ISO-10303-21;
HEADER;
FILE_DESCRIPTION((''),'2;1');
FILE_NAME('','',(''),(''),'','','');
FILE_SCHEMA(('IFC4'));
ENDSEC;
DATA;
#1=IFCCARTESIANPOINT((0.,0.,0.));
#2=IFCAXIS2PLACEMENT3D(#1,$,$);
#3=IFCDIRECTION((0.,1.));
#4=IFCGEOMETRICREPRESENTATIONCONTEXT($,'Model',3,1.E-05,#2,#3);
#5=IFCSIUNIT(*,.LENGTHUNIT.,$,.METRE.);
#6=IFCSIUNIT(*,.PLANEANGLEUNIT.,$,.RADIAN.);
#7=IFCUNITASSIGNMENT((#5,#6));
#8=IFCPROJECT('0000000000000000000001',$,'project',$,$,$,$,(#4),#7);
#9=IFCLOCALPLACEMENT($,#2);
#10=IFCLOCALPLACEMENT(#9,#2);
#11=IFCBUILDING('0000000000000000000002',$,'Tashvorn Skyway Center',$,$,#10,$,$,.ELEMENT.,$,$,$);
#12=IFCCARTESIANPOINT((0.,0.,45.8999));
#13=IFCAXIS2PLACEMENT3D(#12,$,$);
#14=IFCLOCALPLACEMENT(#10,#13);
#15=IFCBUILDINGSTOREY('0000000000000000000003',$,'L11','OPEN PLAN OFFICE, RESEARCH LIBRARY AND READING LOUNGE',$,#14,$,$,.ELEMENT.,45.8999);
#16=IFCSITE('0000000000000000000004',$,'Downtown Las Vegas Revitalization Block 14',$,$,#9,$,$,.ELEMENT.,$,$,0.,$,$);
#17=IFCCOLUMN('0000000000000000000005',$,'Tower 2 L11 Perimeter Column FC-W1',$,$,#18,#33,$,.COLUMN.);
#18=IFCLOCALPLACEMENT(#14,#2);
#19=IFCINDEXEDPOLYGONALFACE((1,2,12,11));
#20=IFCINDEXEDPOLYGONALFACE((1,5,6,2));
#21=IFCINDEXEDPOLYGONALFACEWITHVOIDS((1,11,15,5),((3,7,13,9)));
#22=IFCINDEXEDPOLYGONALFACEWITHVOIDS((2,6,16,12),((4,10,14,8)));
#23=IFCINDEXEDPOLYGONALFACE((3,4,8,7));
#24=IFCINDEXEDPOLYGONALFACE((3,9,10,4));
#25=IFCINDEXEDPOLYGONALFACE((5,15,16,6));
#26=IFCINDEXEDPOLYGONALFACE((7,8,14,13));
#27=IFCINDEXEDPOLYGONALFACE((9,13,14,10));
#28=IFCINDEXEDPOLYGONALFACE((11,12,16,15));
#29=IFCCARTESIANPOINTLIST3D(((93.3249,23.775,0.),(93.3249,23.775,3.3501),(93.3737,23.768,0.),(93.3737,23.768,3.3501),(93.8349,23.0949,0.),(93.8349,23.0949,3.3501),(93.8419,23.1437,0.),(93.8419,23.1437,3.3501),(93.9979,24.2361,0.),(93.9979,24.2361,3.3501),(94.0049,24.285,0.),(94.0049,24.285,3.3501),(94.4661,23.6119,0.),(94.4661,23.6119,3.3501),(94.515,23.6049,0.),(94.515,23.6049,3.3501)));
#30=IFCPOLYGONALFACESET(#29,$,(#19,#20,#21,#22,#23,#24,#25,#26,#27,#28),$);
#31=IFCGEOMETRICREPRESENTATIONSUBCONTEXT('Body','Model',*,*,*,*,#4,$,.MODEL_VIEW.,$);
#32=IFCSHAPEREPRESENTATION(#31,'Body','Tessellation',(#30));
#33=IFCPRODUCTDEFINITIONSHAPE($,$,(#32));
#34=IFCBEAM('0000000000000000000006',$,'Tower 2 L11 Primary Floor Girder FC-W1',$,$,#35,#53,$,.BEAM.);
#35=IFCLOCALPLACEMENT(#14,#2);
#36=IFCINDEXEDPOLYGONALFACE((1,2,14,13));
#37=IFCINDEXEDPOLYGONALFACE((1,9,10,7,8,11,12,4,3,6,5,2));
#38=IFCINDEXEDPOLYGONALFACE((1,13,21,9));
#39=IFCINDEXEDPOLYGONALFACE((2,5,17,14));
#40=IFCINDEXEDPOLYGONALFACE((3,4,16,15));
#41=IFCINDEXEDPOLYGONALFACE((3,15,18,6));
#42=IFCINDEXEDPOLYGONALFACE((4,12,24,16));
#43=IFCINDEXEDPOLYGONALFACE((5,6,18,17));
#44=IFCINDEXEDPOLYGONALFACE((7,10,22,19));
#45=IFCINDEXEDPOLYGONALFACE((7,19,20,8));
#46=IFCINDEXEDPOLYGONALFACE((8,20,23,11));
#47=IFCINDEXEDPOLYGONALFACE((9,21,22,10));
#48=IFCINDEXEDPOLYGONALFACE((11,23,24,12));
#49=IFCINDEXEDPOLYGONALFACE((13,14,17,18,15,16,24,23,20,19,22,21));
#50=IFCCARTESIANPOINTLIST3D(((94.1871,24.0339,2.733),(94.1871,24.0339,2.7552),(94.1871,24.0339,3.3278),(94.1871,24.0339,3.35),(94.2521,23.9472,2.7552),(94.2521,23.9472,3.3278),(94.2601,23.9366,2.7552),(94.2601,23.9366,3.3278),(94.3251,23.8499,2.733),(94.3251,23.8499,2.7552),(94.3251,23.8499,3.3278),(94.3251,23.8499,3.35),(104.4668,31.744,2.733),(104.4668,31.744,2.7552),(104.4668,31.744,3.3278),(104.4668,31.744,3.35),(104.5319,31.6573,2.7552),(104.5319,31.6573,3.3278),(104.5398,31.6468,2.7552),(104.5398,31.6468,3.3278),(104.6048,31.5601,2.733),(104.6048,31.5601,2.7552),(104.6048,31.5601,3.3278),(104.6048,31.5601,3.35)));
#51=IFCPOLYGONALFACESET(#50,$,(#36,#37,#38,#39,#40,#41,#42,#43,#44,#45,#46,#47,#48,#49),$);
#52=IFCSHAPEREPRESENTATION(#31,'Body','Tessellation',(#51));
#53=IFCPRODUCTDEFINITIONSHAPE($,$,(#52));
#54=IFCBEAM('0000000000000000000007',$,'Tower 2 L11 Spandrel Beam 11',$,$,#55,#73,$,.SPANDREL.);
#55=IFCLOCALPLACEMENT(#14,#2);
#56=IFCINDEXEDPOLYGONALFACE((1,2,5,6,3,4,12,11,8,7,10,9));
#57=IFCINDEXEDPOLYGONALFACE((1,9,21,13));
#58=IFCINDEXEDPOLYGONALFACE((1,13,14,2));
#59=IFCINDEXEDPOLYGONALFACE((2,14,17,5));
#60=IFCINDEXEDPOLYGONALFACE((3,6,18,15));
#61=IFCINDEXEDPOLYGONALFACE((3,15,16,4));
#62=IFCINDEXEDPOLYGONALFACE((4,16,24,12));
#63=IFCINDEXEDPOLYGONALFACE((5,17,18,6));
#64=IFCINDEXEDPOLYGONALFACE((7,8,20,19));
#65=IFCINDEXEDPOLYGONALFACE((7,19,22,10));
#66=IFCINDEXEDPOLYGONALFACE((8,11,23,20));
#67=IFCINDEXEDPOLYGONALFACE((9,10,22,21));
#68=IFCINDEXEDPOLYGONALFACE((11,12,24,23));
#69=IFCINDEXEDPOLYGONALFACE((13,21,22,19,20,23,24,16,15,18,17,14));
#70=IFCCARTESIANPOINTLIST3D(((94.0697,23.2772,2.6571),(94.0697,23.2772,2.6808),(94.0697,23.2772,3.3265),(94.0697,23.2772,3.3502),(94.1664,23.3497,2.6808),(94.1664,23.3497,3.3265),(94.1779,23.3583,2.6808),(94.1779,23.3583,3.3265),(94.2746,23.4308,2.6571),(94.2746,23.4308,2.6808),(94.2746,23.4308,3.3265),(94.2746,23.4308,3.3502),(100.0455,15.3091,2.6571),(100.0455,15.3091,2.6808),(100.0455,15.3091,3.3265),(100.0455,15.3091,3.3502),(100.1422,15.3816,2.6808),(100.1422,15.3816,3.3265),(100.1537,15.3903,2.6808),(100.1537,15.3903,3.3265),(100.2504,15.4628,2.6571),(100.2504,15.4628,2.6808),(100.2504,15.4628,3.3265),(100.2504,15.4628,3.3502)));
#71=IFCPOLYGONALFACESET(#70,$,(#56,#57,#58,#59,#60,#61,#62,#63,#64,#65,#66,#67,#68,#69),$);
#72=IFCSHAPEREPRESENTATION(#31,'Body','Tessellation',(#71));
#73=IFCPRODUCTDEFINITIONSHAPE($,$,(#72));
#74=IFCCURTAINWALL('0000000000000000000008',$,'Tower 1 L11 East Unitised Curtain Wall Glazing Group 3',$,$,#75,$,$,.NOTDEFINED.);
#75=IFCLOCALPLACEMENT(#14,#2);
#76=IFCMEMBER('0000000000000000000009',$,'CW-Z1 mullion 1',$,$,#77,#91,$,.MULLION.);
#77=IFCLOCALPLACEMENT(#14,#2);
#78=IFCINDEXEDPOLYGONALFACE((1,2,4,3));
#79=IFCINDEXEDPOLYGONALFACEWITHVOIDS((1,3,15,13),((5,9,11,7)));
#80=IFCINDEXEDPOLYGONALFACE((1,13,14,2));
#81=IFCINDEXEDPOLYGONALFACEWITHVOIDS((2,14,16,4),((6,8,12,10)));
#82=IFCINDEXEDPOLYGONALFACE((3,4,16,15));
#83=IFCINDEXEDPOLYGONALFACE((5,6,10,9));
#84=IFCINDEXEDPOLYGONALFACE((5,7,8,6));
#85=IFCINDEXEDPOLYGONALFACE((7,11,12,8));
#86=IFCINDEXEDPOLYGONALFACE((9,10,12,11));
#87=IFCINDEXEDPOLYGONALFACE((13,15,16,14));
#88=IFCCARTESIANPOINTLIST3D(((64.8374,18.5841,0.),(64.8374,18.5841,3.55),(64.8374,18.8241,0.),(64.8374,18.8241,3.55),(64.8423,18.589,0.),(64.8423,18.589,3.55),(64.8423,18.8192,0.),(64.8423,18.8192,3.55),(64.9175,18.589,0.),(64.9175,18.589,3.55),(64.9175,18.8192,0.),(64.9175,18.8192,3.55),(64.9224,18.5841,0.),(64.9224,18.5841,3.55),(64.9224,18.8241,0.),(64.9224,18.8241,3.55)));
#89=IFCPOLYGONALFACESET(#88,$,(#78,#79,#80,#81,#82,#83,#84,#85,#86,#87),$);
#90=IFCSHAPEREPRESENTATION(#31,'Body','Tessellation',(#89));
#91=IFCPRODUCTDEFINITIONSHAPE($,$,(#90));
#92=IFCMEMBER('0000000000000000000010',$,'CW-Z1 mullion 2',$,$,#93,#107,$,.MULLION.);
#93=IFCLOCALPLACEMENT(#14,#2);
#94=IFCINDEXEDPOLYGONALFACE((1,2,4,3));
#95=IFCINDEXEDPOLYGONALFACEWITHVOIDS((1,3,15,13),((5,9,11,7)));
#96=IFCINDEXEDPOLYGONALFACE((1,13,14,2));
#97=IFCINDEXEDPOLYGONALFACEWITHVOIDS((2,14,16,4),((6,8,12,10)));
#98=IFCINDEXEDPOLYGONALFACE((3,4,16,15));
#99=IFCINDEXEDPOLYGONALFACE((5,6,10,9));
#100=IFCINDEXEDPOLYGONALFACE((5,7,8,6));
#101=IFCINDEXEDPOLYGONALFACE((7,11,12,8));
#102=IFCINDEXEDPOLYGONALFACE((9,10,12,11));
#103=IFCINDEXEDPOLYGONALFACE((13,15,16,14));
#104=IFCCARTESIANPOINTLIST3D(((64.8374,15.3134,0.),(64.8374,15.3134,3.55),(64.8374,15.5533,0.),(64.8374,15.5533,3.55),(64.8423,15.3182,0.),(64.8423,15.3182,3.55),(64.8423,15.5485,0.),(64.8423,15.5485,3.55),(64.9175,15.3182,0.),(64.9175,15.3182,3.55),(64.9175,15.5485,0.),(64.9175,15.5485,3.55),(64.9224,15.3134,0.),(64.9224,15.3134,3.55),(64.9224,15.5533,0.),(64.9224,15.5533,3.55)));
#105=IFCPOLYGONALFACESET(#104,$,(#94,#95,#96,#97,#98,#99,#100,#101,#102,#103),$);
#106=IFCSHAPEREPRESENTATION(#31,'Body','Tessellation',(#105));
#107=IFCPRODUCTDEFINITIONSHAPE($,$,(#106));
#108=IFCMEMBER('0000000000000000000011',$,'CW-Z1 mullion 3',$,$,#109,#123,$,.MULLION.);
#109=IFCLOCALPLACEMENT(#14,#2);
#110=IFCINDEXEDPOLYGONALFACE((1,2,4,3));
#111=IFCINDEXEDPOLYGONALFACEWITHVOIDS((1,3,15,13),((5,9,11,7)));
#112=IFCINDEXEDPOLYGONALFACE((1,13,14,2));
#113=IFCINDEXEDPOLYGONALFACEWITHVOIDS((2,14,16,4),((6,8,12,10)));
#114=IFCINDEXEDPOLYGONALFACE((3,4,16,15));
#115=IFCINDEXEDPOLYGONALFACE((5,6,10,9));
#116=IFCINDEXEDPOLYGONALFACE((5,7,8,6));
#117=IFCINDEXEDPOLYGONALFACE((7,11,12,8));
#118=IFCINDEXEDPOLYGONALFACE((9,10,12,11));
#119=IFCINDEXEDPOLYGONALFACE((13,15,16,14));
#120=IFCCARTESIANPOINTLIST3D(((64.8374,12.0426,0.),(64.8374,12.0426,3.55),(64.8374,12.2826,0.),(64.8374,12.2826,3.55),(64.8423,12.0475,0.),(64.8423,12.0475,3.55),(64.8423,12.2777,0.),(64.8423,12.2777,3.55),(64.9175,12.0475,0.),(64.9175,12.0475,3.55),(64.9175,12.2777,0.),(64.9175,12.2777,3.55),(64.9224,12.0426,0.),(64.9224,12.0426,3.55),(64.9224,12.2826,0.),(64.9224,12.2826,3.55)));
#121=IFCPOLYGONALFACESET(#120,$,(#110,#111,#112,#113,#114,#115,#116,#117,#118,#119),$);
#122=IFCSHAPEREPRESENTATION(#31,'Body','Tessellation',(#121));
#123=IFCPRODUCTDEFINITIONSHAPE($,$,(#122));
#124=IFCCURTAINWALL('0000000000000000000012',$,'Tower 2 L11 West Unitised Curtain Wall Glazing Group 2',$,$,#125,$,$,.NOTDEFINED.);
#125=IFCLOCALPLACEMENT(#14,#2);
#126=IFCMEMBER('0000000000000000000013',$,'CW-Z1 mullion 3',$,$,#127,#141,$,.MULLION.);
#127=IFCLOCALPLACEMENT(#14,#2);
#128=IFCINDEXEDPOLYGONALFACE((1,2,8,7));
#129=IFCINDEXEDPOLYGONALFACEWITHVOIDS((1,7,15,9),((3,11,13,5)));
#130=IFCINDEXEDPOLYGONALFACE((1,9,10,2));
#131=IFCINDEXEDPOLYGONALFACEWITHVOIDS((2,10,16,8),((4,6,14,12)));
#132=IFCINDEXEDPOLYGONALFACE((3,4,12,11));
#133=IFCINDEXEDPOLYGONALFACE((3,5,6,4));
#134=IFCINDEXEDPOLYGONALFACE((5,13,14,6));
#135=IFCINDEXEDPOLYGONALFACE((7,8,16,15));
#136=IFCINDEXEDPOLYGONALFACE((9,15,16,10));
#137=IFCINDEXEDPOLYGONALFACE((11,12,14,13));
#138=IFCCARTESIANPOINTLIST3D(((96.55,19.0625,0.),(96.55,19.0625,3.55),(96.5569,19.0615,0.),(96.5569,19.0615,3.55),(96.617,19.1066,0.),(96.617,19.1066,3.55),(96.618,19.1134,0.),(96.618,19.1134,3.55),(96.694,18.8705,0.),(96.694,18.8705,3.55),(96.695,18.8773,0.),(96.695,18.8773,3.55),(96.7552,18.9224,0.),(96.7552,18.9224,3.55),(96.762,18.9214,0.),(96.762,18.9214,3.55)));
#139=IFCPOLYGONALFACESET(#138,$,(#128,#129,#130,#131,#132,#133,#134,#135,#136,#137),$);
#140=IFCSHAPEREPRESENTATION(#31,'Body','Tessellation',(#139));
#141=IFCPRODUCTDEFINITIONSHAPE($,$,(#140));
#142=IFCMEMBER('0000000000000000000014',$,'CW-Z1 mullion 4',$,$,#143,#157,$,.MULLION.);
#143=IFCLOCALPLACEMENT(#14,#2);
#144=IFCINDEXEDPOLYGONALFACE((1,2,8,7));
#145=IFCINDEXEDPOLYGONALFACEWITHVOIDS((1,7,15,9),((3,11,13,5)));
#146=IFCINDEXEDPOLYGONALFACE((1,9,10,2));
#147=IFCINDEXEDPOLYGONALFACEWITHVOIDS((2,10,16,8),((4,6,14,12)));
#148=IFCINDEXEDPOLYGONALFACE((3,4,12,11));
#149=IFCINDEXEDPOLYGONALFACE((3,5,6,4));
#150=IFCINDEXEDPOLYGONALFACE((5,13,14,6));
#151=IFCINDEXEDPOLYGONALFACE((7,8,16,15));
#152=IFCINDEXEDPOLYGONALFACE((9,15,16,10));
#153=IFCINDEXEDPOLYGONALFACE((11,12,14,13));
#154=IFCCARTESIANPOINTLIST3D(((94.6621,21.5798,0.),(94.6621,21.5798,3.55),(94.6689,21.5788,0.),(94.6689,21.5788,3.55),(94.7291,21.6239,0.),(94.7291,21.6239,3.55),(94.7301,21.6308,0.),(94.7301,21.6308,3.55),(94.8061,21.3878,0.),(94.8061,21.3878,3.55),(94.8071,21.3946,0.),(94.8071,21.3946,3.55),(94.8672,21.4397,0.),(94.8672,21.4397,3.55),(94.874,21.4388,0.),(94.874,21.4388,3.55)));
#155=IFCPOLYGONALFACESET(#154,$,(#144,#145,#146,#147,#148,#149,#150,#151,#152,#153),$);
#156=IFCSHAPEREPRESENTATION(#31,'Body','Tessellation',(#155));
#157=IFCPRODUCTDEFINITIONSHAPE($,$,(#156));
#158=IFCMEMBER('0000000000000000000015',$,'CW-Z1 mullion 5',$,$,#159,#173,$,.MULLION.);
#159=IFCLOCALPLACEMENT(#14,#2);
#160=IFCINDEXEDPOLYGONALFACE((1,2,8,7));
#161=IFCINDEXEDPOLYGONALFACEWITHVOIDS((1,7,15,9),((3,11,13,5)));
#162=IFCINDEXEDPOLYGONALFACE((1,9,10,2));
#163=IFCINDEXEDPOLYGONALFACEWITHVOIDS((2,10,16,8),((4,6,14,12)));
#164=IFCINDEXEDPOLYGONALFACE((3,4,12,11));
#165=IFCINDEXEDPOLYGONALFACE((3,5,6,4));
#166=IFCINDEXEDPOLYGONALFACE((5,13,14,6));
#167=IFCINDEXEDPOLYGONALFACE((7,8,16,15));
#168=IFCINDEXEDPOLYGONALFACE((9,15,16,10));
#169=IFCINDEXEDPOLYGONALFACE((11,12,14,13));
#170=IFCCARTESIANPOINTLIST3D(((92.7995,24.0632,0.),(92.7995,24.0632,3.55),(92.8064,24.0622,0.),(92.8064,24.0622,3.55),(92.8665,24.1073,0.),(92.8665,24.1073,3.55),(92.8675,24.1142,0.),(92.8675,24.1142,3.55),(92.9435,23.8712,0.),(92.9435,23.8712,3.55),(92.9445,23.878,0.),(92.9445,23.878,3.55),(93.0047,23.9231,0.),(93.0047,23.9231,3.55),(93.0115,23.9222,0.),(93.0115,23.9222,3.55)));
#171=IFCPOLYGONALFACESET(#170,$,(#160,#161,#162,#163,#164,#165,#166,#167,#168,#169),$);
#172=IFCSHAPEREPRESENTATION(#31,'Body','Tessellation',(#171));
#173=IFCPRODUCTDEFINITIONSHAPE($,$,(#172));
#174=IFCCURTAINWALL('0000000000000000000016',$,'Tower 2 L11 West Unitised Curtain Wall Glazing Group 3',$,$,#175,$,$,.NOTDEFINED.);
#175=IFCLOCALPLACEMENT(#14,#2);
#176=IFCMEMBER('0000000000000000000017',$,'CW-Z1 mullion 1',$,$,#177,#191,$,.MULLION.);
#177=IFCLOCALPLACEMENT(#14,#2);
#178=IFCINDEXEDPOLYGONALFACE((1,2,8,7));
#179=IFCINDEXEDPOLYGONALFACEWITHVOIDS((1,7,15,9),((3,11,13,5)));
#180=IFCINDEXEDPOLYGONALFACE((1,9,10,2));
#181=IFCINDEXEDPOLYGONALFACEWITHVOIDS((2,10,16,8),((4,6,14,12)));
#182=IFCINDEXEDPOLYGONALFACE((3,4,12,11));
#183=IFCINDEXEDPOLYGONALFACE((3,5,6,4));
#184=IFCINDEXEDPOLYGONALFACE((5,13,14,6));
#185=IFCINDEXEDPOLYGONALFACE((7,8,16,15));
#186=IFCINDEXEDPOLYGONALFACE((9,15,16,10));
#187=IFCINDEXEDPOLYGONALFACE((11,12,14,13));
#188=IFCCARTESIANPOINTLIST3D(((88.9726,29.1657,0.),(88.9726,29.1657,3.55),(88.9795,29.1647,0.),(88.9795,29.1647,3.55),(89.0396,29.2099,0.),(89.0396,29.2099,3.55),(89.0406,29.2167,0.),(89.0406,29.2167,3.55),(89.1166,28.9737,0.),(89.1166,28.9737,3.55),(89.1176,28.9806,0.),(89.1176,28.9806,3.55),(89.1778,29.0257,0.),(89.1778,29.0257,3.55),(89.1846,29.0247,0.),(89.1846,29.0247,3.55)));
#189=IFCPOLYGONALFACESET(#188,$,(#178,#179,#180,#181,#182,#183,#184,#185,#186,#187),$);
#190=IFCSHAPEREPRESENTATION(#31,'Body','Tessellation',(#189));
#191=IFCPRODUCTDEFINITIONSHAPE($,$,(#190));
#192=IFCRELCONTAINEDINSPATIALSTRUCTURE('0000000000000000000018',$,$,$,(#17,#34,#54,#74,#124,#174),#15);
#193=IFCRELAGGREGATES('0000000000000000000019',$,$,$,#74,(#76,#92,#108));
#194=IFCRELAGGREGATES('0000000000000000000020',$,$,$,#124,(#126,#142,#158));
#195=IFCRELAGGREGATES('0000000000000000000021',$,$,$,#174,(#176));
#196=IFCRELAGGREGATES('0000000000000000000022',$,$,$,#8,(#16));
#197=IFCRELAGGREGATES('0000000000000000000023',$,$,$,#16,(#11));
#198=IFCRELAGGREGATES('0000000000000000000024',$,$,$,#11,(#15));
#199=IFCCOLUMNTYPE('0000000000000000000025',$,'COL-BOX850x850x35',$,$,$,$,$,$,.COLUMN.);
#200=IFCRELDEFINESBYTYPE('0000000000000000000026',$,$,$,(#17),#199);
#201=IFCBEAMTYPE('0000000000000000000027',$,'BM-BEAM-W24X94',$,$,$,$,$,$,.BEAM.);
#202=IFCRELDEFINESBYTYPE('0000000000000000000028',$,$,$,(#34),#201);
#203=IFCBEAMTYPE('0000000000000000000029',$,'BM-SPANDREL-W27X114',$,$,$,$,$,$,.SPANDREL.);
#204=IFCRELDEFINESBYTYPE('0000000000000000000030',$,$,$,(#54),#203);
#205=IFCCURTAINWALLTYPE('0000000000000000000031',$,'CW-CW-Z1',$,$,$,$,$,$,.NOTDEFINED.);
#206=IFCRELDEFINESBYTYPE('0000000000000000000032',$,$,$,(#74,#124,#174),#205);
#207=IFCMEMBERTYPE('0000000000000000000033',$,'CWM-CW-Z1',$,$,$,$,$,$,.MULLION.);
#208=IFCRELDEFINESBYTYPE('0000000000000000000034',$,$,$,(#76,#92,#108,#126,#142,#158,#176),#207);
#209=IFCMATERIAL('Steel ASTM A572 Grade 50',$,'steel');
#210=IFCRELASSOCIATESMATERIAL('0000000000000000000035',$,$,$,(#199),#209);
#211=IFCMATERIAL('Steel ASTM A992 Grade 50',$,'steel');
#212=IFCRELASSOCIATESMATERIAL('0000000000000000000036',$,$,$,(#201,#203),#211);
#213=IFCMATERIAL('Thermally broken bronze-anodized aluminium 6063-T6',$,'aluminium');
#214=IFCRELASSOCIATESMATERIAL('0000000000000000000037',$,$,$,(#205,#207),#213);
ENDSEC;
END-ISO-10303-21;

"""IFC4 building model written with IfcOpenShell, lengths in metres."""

from ifc_helpers import new_model, si_unit, direction, frame, origin, origin_2d, place, context, subcontext, project, spatial, hollow_rectangle, i_section, extrude, material, material_profile, profile_set, type_object, element, aggregate, save


model = new_model("IFC4")

# Units and contexts
model_context = context("Model", 3, precision=1e-05, world=origin(), true_north=direction((0.0, 1.0)))
body_context = subcontext(model_context, "Body", "Model", "MODEL_VIEW")
ifc_project = project(units=[si_unit("LENGTHUNIT", "METRE"), si_unit("PLANEANGLEUNIT", "RADIAN")], contexts=[model_context])

# Site, building, storey
site_placement = place(None, origin())
site = spatial("IfcSite", under=ifc_project, at=site_placement, Name="Downtown Las Vegas Revitalization Block 14", CompositionType="ELEMENT", RefElevation=0.0)
building_placement = place(site_placement, origin())
building = spatial("IfcBuilding", under=site, at=building_placement, Name="Tashvorn Skyway Center", CompositionType="ELEMENT")
storey_placement = place(building_placement, frame((0.0, 0.0, 45.8999)))
storey = spatial("IfcBuildingStorey", under=building, at=storey_placement, Name="L11", Description="OPEN PLAN OFFICE, RESEARCH LIBRARY AND READING LOUNGE", CompositionType="ELEMENT", Elevation=45.8999)

# Column
ifc_material_1 = material(Name="Steel ASTM A572 Grade 50", Category="steel")
ifc_material_profile_1 = material_profile(ifc_material_1, hollow_rectangle(XDim=0.8501, YDim=0.8501, WallThickness=0.0349, at=origin_2d()), Name="BOX850x850x35")
ifc_profile_set_1 = profile_set([ifc_material_profile_1], Name="Steel ASTM A572 Grade 50")
column_type = type_object("IfcColumnType", Name="COL-BOX850x850x35", PredefinedType="COLUMN", material=ifc_profile_set_1)
column_placement = place(storey_placement, frame((93.9199, 23.6899, 0.0), z_axis=(0.0, 0.0, 1.0), x_axis=(0.8, 0.6, 0.0)))
element("IfcColumn", 1, at=column_placement, inside=storey, type_object=column_type, Name="Tower 2 L11 Perimeter Column FC-W1", PredefinedType="COLUMN", context=body_context, shape_type="SweptSolid", body=[
    extrude(hollow_rectangle(XDim=0.8501, YDim=0.8501, WallThickness=0.0349, at=origin_2d()), origin(), (0.0, 0.0, 1.0), 3.3501),
])

# Beams
ifc_material_2 = material(Name="Steel ASTM A992 Grade 50", Category="steel")
ifc_material_profile_2 = material_profile(ifc_material_2, i_section(OverallWidth=0.23, OverallDepth=0.6169, WebThickness=0.0132, FlangeThickness=0.0222, at=origin_2d()), Name="W24X94")
ifc_profile_set_2 = profile_set([ifc_material_profile_2], Name="Steel ASTM A992 Grade 50")
beam_type_1 = type_object("IfcBeamType", Name="BM-BEAM-W24X94", PredefinedType="BEAM", material=ifc_profile_set_2)
beam_1_placement = place(storey_placement, frame((94.2561, 23.9419, 3.0415), z_axis=(0.799986, 0.600018, 0.0), x_axis=(-0.600018, 0.799986, 0.0)))
element("IfcBeam", 2, at=beam_1_placement, inside=storey, type_object=beam_type_1, Name="Tower 2 L11 Primary Floor Girder FC-W1", PredefinedType="BEAM", context=body_context, shape_type="SweptSolid", body=[
    extrude(i_section(OverallWidth=0.23, OverallDepth=0.6169, WebThickness=0.0132, FlangeThickness=0.0222, at=origin_2d()), origin(), (0.0, 0.0, 1.0), 12.8499),
])
ifc_material_profile_3 = material_profile(ifc_material_2, i_section(OverallWidth=0.2561, OverallDepth=0.6931, WebThickness=0.0144, FlangeThickness=0.0237, at=origin_2d()), Name="W27X114")
ifc_profile_set_3 = profile_set([ifc_material_profile_3], Name="Steel ASTM A992 Grade 50")
beam_type_2 = type_object("IfcBeamType", Name="BM-SPANDREL-W27X114", PredefinedType="SPANDREL", material=ifc_profile_set_3)
beam_2_placement = place(storey_placement, frame((94.1721, 23.354, 3.0037), z_axis=(0.599988, -0.800009, 0.0), x_axis=(0.800009, 0.599988, 0.0)))
element("IfcBeam", 3, at=beam_2_placement, inside=storey, type_object=beam_type_2, Name="Tower 2 L11 Spandrel Beam 11", PredefinedType="SPANDREL", context=body_context, shape_type="SweptSolid", body=[
    extrude(i_section(OverallWidth=0.2561, OverallDepth=0.6931, WebThickness=0.0144, FlangeThickness=0.0237, at=origin_2d()), origin(), (0.0, 0.0, 1.0), 9.96),
])

# Curtain walls, members
ifc_material_3 = material(Name="Thermally broken bronze-anodized aluminium 6063-T6", Category="aluminium")
curtain_wall_type = type_object("IfcCurtainWallType", Name="CW-CW-Z1", PredefinedType="NOTDEFINED", material=ifc_material_3)
curtain_wall_1_placement = place(storey_placement, origin())
curtain_wall_1 = element("IfcCurtainWall", 4, at=curtain_wall_1_placement, inside=storey, type_object=curtain_wall_type, Name="Tower 1 L11 East Unitised Curtain Wall Glazing Group 3", PredefinedType="NOTDEFINED")
ifc_material_profile_4 = material_profile(ifc_material_3, hollow_rectangle(XDim=0.085, YDim=0.24, WallThickness=0.0049, at=origin_2d()), Name="ALU-MULL-85x240")
ifc_profile_set_4 = profile_set([ifc_material_profile_4], Name="Thermally broken bronze-anodized aluminium 6063-T6")
member_type_1 = type_object("IfcMemberType", Name="CWM-CW-Z1", PredefinedType="MULLION", material=ifc_profile_set_4)
member_1_placement = place(storey_placement, frame((64.8799, 18.7041, 0.0), z_axis=(0.0, 0.0, 1.0), x_axis=(1.0, 0.0, 0.0)))
member_1 = element("IfcMember", 5, at=member_1_placement, type_object=member_type_1, Name="CW-Z1 mullion 1", PredefinedType="MULLION", context=body_context, shape_type="SweptSolid", body=[
    extrude(hollow_rectangle(XDim=0.085, YDim=0.24, WallThickness=0.0049, at=origin_2d()), origin(), (0.0, 0.0, 1.0), 3.55),
])
member_2_placement = place(storey_placement, frame((64.8799, 15.4333, 0.0), z_axis=(0.0, 0.0, 1.0), x_axis=(1.0, 0.0, 0.0)))
member_2 = element("IfcMember", 6, at=member_2_placement, type_object=member_type_1, Name="CW-Z1 mullion 2", PredefinedType="MULLION", context=body_context, shape_type="SweptSolid", body=[
    extrude(hollow_rectangle(XDim=0.085, YDim=0.24, WallThickness=0.0049, at=origin_2d()), origin(), (0.0, 0.0, 1.0), 3.55),
])
member_3_placement = place(storey_placement, frame((64.8799, 12.1626, 0.0), z_axis=(0.0, 0.0, 1.0), x_axis=(1.0, 0.0, 0.0)))
member_3 = element("IfcMember", 7, at=member_3_placement, type_object=member_type_1, Name="CW-Z1 mullion 3", PredefinedType="MULLION", context=body_context, shape_type="SweptSolid", body=[
    extrude(hollow_rectangle(XDim=0.085, YDim=0.24, WallThickness=0.0049, at=origin_2d()), origin(), (0.0, 0.0, 1.0), 3.55),
])
curtain_wall_2_placement = place(storey_placement, origin())
curtain_wall_2 = element("IfcCurtainWall", 8, at=curtain_wall_2_placement, inside=storey, type_object=curtain_wall_type, Name="Tower 2 L11 West Unitised Curtain Wall Glazing Group 2", PredefinedType="NOTDEFINED")
member_4_placement = place(storey_placement, frame((96.656, 18.9919, 0.0), z_axis=(0.0, 0.0, 1.0), x_axis=(-0.800002, -0.599997, 0.0)))
member_4 = element("IfcMember", 9, at=member_4_placement, type_object=member_type_1, Name="CW-Z1 mullion 3", PredefinedType="MULLION", context=body_context, shape_type="SweptSolid", body=[
    extrude(hollow_rectangle(XDim=0.085, YDim=0.24, WallThickness=0.0049, at=origin_2d()), origin(), (0.0, 0.0, 1.0), 3.55),
])
member_5_placement = place(storey_placement, frame((94.7681, 21.5093, 0.0), z_axis=(0.0, 0.0, 1.0), x_axis=(-0.800002, -0.599997, 0.0)))
member_5 = element("IfcMember", 10, at=member_5_placement, type_object=member_type_1, Name="CW-Z1 mullion 4", PredefinedType="MULLION", context=body_context, shape_type="SweptSolid", body=[
    extrude(hollow_rectangle(XDim=0.085, YDim=0.24, WallThickness=0.0049, at=origin_2d()), origin(), (0.0, 0.0, 1.0), 3.55),
])
member_6_placement = place(storey_placement, frame((92.9055, 23.9927, 0.0), z_axis=(0.0, 0.0, 1.0), x_axis=(-0.800002, -0.599997, 0.0)))
member_6 = element("IfcMember", 11, at=member_6_placement, type_object=member_type_1, Name="CW-Z1 mullion 5", PredefinedType="MULLION", context=body_context, shape_type="SweptSolid", body=[
    extrude(hollow_rectangle(XDim=0.085, YDim=0.24, WallThickness=0.0049, at=origin_2d()), origin(), (0.0, 0.0, 1.0), 3.55),
])

# Curtain wall, member
curtain_wall_3_placement = place(storey_placement, origin())
curtain_wall_3 = element("IfcCurtainWall", 12, at=curtain_wall_3_placement, inside=storey, type_object=curtain_wall_type, Name="Tower 2 L11 West Unitised Curtain Wall Glazing Group 3", PredefinedType="NOTDEFINED")
member_7_placement = place(storey_placement, frame((89.0786, 29.0952, 0.0), z_axis=(0.0, 0.0, 1.0), x_axis=(-0.800002, -0.599997, 0.0)))
member_7 = element("IfcMember", 13, at=member_7_placement, type_object=member_type_1, Name="CW-Z1 mullion 1", PredefinedType="MULLION", context=body_context, shape_type="SweptSolid", body=[
    extrude(hollow_rectangle(XDim=0.085, YDim=0.24, WallThickness=0.0049, at=origin_2d()), origin(), (0.0, 0.0, 1.0), 3.55),
])

aggregate(curtain_wall_1, [member_1, member_2, member_3])
aggregate(curtain_wall_2, [member_4, member_5, member_6])
aggregate(curtain_wall_3, [member_7])

save(model, "model.ifc")
